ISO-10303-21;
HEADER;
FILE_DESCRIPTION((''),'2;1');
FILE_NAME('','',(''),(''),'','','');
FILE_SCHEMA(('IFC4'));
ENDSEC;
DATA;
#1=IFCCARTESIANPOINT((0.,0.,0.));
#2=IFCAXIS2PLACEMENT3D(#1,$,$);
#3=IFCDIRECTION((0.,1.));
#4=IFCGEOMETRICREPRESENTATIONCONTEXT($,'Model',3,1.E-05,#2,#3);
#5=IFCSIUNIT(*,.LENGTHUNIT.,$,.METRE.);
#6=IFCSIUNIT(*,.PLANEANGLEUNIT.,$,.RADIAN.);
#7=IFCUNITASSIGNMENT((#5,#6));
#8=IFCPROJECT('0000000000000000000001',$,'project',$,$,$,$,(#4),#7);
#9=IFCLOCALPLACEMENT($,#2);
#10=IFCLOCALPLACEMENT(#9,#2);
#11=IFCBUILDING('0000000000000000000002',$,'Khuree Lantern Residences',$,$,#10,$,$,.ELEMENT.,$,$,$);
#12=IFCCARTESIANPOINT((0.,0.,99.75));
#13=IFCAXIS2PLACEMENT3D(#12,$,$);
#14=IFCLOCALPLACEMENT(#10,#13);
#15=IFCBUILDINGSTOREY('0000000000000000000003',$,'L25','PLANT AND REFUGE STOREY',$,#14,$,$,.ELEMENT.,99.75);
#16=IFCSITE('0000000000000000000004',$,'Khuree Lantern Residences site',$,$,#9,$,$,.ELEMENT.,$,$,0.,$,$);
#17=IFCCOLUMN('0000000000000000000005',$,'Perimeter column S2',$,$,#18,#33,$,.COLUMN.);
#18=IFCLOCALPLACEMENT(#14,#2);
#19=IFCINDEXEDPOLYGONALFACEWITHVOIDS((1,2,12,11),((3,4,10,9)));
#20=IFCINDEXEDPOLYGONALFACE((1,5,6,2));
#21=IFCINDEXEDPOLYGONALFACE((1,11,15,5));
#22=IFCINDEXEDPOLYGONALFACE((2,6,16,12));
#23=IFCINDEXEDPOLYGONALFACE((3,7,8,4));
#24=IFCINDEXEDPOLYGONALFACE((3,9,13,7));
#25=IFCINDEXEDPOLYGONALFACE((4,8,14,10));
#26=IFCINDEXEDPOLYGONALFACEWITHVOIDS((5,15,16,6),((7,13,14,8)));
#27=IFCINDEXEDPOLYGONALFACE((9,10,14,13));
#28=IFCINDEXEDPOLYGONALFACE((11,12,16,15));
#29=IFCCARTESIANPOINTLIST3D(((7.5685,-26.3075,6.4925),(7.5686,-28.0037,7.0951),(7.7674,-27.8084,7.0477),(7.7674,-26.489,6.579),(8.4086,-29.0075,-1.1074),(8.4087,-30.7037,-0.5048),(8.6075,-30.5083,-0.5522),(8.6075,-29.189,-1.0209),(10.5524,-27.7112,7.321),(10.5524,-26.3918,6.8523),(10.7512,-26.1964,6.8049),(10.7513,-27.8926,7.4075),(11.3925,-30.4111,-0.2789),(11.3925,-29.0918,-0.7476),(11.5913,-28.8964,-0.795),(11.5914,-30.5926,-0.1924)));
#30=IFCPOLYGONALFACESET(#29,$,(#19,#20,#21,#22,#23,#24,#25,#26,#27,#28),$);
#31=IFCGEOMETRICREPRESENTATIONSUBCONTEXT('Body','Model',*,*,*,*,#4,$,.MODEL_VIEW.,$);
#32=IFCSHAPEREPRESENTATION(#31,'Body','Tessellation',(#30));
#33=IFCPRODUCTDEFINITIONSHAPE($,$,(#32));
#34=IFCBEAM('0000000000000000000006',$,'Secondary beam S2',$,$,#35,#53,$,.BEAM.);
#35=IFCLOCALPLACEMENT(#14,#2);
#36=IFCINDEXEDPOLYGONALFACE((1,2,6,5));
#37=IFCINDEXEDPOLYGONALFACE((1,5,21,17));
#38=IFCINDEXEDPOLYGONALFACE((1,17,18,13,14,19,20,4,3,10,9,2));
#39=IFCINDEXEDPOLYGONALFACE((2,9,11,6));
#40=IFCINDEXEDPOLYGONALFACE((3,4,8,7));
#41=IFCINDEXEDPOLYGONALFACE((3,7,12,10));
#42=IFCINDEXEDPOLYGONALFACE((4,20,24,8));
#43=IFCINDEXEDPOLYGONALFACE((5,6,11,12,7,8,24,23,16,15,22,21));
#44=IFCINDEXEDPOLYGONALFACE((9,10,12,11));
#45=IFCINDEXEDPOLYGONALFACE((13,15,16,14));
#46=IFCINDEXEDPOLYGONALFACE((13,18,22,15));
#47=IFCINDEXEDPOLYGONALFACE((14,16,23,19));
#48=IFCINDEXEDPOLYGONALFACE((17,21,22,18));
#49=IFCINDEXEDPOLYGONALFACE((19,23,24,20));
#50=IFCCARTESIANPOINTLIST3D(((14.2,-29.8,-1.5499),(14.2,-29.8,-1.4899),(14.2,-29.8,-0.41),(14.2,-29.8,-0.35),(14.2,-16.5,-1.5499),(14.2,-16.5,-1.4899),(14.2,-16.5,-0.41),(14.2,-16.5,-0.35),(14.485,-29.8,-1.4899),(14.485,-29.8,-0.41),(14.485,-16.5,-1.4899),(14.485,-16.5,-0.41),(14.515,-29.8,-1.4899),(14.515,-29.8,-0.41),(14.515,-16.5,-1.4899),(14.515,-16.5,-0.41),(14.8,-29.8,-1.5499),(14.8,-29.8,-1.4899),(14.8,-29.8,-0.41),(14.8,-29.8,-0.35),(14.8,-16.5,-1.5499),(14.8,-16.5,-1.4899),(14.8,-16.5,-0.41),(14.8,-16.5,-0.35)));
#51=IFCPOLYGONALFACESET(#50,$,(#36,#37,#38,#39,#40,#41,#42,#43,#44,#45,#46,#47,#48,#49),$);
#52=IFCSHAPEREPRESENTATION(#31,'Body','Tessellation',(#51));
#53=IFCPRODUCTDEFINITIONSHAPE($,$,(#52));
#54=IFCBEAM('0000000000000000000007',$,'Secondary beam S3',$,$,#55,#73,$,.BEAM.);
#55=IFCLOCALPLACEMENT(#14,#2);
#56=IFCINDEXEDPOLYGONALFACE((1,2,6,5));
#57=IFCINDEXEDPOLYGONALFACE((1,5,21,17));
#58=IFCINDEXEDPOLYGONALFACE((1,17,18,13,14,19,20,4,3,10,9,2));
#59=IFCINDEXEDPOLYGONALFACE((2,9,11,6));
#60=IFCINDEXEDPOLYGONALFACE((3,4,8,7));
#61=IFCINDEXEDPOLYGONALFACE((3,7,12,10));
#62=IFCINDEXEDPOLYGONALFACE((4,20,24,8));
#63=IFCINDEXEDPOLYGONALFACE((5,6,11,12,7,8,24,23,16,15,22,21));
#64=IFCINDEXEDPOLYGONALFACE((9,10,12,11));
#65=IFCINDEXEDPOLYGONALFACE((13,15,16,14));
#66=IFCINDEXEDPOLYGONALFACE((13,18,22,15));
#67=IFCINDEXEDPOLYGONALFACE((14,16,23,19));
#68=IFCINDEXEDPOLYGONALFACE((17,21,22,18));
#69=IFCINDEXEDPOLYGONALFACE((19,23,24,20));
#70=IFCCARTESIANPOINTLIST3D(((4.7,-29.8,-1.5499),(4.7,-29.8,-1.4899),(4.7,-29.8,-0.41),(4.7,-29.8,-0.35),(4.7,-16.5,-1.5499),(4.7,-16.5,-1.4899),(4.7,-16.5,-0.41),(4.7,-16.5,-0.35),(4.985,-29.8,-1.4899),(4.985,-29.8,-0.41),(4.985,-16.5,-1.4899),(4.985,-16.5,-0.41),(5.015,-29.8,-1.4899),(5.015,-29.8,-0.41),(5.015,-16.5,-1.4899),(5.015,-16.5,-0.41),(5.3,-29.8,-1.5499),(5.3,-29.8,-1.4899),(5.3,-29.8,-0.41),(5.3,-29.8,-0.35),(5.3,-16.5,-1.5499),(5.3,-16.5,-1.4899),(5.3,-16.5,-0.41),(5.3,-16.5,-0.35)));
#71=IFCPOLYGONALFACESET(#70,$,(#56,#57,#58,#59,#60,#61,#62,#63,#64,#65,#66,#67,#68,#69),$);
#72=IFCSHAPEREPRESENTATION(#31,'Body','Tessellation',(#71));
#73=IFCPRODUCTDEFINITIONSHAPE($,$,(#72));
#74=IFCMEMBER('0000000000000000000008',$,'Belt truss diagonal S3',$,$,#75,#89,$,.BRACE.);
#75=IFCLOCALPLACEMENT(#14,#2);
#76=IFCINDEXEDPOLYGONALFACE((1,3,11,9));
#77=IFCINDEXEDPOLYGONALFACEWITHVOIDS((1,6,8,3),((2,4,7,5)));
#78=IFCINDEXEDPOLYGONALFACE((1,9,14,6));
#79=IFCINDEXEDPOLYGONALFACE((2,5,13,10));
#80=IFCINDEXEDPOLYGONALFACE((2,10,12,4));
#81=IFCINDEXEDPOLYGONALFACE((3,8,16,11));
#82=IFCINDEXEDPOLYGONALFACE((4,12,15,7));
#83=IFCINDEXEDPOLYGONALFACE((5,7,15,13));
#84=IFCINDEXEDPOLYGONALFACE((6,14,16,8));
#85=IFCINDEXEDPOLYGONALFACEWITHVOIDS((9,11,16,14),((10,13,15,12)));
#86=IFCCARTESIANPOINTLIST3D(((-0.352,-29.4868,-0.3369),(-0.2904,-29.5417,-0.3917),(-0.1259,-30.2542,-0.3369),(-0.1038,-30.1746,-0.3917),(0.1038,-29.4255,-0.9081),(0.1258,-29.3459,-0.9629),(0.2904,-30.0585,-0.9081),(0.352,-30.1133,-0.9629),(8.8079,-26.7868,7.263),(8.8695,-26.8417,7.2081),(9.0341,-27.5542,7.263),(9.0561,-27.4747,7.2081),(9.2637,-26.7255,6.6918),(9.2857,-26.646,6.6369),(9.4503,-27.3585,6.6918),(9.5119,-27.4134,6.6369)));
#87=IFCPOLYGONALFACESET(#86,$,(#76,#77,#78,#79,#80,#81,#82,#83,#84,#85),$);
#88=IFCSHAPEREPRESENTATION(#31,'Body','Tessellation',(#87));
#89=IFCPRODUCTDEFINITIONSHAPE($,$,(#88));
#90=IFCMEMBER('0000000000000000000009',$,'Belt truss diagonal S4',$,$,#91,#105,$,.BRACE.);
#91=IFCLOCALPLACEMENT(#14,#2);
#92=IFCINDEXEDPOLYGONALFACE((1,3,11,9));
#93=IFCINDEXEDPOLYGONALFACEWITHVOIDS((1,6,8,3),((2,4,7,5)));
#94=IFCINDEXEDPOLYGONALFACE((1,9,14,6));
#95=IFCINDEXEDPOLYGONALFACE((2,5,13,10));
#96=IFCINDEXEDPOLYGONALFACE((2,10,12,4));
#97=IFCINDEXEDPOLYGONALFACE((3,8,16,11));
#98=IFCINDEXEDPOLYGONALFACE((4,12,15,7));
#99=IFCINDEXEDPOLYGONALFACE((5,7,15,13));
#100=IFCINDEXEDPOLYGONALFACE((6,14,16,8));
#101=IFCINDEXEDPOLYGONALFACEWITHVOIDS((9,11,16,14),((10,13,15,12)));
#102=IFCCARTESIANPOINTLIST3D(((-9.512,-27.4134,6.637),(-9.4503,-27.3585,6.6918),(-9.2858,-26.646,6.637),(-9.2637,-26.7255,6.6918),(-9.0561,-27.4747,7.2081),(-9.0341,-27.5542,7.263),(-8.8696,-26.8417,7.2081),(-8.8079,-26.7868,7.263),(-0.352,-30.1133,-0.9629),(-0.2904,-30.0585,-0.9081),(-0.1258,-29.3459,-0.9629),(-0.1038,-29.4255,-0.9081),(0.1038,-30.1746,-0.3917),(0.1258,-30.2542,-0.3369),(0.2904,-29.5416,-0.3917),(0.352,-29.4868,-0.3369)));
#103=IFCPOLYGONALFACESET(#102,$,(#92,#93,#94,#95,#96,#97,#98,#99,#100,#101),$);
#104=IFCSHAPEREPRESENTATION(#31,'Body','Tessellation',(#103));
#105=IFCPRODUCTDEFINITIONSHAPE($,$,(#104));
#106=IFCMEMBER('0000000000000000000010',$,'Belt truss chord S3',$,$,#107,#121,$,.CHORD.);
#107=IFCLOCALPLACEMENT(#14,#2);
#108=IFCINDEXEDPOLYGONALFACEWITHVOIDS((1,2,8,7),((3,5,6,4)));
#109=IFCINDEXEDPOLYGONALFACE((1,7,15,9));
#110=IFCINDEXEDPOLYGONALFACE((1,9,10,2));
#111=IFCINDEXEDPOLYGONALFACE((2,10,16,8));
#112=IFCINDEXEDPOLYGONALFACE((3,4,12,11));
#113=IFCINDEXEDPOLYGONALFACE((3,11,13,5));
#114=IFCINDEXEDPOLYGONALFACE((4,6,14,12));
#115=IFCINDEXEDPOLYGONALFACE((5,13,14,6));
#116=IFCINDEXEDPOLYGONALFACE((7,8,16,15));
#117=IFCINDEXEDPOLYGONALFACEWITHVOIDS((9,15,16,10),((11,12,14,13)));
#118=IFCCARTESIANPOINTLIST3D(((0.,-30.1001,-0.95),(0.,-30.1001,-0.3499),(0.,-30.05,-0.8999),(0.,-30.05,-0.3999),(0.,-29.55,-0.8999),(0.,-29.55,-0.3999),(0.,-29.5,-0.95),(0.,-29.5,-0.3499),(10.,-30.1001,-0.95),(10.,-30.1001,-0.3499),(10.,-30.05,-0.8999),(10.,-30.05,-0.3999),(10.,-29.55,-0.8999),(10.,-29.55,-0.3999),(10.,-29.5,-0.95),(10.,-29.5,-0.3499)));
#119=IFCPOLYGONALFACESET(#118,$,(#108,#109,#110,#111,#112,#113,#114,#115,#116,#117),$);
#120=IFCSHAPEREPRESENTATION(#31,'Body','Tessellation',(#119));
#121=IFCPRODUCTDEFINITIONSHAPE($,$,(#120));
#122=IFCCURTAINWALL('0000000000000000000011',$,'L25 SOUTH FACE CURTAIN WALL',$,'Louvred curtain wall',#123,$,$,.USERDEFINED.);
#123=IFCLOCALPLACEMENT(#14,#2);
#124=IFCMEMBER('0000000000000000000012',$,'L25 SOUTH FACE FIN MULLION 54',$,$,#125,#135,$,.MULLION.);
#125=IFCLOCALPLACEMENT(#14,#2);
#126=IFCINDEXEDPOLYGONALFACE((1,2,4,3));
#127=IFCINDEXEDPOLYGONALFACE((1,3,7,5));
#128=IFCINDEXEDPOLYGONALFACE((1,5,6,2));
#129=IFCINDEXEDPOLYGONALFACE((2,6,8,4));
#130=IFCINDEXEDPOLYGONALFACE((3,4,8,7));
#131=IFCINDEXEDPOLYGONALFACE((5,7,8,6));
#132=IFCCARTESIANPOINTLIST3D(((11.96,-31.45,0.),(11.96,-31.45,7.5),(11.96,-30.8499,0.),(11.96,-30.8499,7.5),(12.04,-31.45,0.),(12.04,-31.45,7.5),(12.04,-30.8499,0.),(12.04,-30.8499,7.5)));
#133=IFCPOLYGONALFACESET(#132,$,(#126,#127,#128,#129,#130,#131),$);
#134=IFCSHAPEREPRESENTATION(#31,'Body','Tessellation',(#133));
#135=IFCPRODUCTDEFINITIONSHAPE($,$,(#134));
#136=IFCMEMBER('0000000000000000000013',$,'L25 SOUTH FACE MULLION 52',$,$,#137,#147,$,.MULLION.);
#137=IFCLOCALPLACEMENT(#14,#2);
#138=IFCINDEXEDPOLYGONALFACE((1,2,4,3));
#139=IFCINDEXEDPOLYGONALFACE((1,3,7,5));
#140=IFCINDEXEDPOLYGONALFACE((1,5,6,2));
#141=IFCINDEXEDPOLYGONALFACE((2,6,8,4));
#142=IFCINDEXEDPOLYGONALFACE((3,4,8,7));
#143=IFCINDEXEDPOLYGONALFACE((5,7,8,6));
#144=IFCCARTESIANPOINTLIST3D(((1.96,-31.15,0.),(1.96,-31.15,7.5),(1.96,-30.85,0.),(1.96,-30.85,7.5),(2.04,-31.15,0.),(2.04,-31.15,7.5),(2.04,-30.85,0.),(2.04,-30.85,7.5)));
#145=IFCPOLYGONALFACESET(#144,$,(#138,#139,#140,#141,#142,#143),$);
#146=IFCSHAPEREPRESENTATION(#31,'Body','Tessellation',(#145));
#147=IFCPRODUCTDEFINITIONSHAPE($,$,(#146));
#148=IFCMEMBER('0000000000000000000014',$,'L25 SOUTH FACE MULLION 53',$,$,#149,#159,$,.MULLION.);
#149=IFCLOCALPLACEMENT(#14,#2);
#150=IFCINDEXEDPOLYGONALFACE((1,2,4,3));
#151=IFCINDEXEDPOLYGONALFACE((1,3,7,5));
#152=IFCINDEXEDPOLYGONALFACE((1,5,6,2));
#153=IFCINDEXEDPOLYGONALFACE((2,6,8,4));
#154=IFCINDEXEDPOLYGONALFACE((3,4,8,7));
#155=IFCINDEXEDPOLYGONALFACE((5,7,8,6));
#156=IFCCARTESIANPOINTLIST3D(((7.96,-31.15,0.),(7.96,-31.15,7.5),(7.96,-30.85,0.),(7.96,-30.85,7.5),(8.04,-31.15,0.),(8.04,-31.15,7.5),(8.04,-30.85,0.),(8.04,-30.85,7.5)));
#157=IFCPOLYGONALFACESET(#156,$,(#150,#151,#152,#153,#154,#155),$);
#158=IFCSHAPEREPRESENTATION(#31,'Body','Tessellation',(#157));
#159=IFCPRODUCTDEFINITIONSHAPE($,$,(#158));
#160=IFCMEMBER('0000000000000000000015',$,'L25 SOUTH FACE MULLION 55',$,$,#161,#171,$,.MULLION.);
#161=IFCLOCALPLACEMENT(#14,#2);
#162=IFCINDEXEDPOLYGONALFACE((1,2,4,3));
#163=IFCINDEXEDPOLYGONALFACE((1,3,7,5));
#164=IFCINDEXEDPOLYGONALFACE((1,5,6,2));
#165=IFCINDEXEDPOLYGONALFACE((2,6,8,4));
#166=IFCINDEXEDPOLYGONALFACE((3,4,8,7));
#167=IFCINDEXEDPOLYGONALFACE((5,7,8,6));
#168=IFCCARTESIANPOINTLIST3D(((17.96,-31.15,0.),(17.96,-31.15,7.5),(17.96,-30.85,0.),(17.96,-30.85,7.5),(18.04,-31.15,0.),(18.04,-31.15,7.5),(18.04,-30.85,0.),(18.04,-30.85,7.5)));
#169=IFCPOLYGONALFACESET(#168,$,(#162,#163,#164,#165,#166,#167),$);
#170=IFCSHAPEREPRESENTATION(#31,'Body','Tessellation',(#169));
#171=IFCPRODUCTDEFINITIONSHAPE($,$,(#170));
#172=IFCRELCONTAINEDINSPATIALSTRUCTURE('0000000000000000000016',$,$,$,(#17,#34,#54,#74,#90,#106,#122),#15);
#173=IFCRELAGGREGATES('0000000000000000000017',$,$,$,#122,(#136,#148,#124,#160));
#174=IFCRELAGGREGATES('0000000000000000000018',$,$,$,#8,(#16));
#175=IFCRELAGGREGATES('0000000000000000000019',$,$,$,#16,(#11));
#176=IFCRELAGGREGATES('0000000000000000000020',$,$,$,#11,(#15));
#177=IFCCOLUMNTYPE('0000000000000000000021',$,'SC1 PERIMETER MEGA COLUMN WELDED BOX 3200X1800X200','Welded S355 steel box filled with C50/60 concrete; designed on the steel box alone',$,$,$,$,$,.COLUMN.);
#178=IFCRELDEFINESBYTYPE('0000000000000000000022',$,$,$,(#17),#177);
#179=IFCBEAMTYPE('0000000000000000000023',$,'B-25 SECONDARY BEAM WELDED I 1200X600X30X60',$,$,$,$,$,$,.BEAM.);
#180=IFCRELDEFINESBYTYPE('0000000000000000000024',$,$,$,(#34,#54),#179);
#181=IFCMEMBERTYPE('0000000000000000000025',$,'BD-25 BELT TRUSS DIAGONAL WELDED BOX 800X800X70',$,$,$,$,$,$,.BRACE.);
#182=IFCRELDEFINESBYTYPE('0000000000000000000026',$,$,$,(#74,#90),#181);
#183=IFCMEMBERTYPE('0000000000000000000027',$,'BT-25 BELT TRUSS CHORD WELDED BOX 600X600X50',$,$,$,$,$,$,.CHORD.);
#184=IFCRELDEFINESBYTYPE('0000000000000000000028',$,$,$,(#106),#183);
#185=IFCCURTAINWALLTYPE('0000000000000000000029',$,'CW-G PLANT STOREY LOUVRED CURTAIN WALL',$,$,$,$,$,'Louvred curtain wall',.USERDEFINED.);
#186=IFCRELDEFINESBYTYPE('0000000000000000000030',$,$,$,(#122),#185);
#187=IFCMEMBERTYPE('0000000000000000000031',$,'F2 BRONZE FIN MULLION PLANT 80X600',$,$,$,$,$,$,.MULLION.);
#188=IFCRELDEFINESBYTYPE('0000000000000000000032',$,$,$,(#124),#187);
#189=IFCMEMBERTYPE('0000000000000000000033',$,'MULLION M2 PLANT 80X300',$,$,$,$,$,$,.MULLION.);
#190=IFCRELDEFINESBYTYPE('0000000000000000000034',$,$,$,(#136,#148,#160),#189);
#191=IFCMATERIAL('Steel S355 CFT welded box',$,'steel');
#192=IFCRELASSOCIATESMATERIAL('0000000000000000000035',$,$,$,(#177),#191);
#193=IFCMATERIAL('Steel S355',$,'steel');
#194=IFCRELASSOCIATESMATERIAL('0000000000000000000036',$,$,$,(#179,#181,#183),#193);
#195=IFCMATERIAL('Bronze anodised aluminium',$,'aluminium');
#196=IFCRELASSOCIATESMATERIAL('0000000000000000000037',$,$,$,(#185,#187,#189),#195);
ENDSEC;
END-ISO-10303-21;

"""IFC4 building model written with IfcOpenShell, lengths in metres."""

from ifc_helpers import new_model, si_unit, direction, frame, origin, origin_2d, place, context, subcontext, project, spatial, rectangle, hollow_rectangle, i_section, extrude, material, material_profile, profile_set, type_object, element, aggregate, save


model = new_model("IFC4")

# Units and contexts
model_context = context("Model", 3, precision=1e-05, world=origin(), true_north=direction((0.0, 1.0)))
body_context = subcontext(model_context, "Body", "Model", "MODEL_VIEW")
ifc_project = project(units=[si_unit("LENGTHUNIT", "METRE"), si_unit("PLANEANGLEUNIT", "RADIAN")], contexts=[model_context])

# Site, building, storey
site_placement = place(None, origin())
site = spatial("IfcSite", under=ifc_project, at=site_placement, Name="Khuree Lantern Residences site", CompositionType="ELEMENT", RefElevation=0.0)
building_placement = place(site_placement, origin())
building = spatial("IfcBuilding", under=site, at=building_placement, Name="Khuree Lantern Residences", CompositionType="ELEMENT")
storey_placement = place(building_placement, frame((0.0, 0.0, 99.75)))
storey = spatial("IfcBuildingStorey", under=building, at=storey_placement, Name="L25", Description="PLANT AND REFUGE STOREY", CompositionType="ELEMENT", Elevation=99.75)

# Column
ifc_material_1 = material(Name="Steel S355 CFT welded box", Category="steel")
ifc_material_profile_1 = material_profile(ifc_material_1, hollow_rectangle(XDim=3.2, YDim=1.8, WallThickness=0.2, at=origin_2d()), Name="WELDED BOX 3200X1800X200")
ifc_profile_set_1 = profile_set([ifc_material_profile_1], Name="Steel S355 CFT welded box")
column_type = type_object("IfcColumnType", Name="SC1 PERIMETER MEGA COLUMN WELDED BOX 3200X1800X200", Description="Welded S355 steel box filled with C50/60 concrete; designed on the steel box alone", PredefinedType="COLUMN", material=ifc_profile_set_1)
column_placement = place(storey_placement, frame((10.0, -29.8, -0.6499), z_axis=(-0.103602, 0.332964, 0.937231), x_axis=(0.994619, 0.034713, 0.097613)))
element("IfcColumn", 1, at=column_placement, inside=storey, type_object=column_type, Name="Perimeter column S2", PredefinedType="COLUMN", context=body_context, shape_type="SweptSolid", body=[
    extrude(hollow_rectangle(XDim=3.2, YDim=1.8, WallThickness=0.2, at=origin_2d()), origin(), (0.0, 0.0, 1.0), 8.1089),
])

# Beams
ifc_material_2 = material(Name="Steel S355", Category="steel")
ifc_material_profile_2 = material_profile(ifc_material_2, i_section(OverallWidth=0.6001, OverallDepth=1.2, WebThickness=0.03, FlangeThickness=0.0601, at=origin_2d()), Name="WELDED I 1200X600X30X60")
ifc_profile_set_2 = profile_set([ifc_material_profile_2], Name="Steel S355")
beam_type = type_object("IfcBeamType", Name="B-25 SECONDARY BEAM WELDED I 1200X600X30X60", PredefinedType="BEAM", material=ifc_profile_set_2)
for number, where, z_axis, x_axis, name in (
    (2, (14.5, -29.8, -0.95), (0.0, 1.0, 0.0), (-1.0, 0.0, 0.0), "Secondary beam S2"),
    (3, (5.0, -29.8, -0.95), (0.0, 1.0, 0.0), (-1.0, 0.0, 0.0), "Secondary beam S3"),
):
    element("IfcBeam", number, at=place(storey_placement, frame(where, z_axis=z_axis, x_axis=x_axis)), inside=storey, type_object=beam_type, Name=name, PredefinedType="BEAM", context=body_context, shape_type="SweptSolid", body=[
        extrude(i_section(OverallWidth=0.6001, OverallDepth=1.2, WebThickness=0.03, FlangeThickness=0.0601, at=origin_2d()), origin(), (0.0, 0.0, 1.0), 13.3),
    ])

# Members
ifc_material_profile_3 = material_profile(ifc_material_2, hollow_rectangle(XDim=0.8, YDim=0.8, WallThickness=0.0701, at=origin_2d()), Name="WELDED BOX 800X800X70")
ifc_profile_set_3 = profile_set([ifc_material_profile_3], Name="Steel S355")
member_type_1 = type_object("IfcMemberType", Name="BD-25 BELT TRUSS DIAGONAL WELDED BOX 800X800X70", PredefinedType="BRACE", material=ifc_profile_set_3)
for number, where, z_axis, x_axis, name in (
    (4, (9.1599, -27.1001, 6.95), (-0.750531, -0.221225, -0.622706), (0.282731, -0.959199, 0.0), "Belt truss diagonal S3"),
    (5, (0.0, -29.8, -0.6499), (-0.750531, 0.221225, 0.622706), (-0.282731, -0.959199, 0.0), "Belt truss diagonal S4"),
):
    element("IfcMember", number, at=place(storey_placement, frame(where, z_axis=z_axis, x_axis=x_axis)), inside=storey, type_object=member_type_1, Name=name, PredefinedType="BRACE", context=body_context, shape_type="SweptSolid", body=[
        extrude(hollow_rectangle(XDim=0.8, YDim=0.8, WallThickness=0.0701, at=origin_2d()), origin(), (0.0, 0.0, 1.0), 12.2046),
    ])
ifc_material_profile_4 = material_profile(ifc_material_2, hollow_rectangle(XDim=0.6001, YDim=0.6001, WallThickness=0.05, at=origin_2d()), Name="WELDED BOX 600X600X50")
ifc_profile_set_4 = profile_set([ifc_material_profile_4], Name="Steel S355")
member_type_2 = type_object("IfcMemberType", Name="BT-25 BELT TRUSS CHORD WELDED BOX 600X600X50", PredefinedType="CHORD", material=ifc_profile_set_4)
member_1_placement = place(storey_placement, frame((10.0, -29.8, -0.6499), z_axis=(-1.0, 0.0, 0.0), x_axis=(0.0, -1.0, 0.0)))
element("IfcMember", 6, at=member_1_placement, inside=storey, type_object=member_type_2, Name="Belt truss chord S3", PredefinedType="CHORD", context=body_context, shape_type="SweptSolid", body=[
    extrude(hollow_rectangle(XDim=0.6001, YDim=0.6001, WallThickness=0.05, at=origin_2d()), origin(), (0.0, 0.0, 1.0), 10.0),
])

# Curtain wall, members
ifc_material_3 = material(Name="Bronze anodised aluminium", Category="aluminium")
curtain_wall_type = type_object("IfcCurtainWallType", Name="CW-G PLANT STOREY LOUVRED CURTAIN WALL", ElementType="Louvred curtain wall", PredefinedType="USERDEFINED", material=ifc_material_3)
curtain_wall_placement = place(storey_placement, origin())
curtain_wall = element("IfcCurtainWall", 7, at=curtain_wall_placement, inside=storey, type_object=curtain_wall_type, Name="L25 SOUTH FACE CURTAIN WALL", ObjectType="Louvred curtain wall", PredefinedType="USERDEFINED")
ifc_material_profile_5 = material_profile(ifc_material_3, rectangle(XDim=0.0801, YDim=0.6001, at=origin_2d()), Name="F2 80X600")
ifc_profile_set_5 = profile_set([ifc_material_profile_5], Name="Bronze anodised aluminium")
member_type_3 = type_object("IfcMemberType", Name="F2 BRONZE FIN MULLION PLANT 80X600", PredefinedType="MULLION", material=ifc_profile_set_5)
member_2_placement = place(storey_placement, frame((12.0, -31.1499, 0.0), z_axis=(0.0, 0.0, 1.0), x_axis=(1.0, 0.0, 0.0)))
member_2 = element("IfcMember", 8, at=member_2_placement, type_object=member_type_3, Name="L25 SOUTH FACE FIN MULLION 54", PredefinedType="MULLION", context=body_context, shape_type="SweptSolid", body=[
    extrude(rectangle(XDim=0.0801, YDim=0.6001, at=origin_2d()), origin(), (0.0, 0.0, 1.0), 7.5),
])
ifc_material_profile_6 = material_profile(ifc_material_3, rectangle(XDim=0.0801, YDim=0.3, at=origin_2d()), Name="M2 80X300")
ifc_profile_set_6 = profile_set([ifc_material_profile_6], Name="Bronze anodised aluminium")
member_type_4 = type_object("IfcMemberType", Name="MULLION M2 PLANT 80X300", PredefinedType="MULLION", material=ifc_profile_set_6)
member_3_placement = place(storey_placement, frame((2.0, -31.0, 0.0), z_axis=(0.0, 0.0, 1.0), x_axis=(1.0, 0.0, 0.0)))
member_3 = element("IfcMember", 9, at=member_3_placement, type_object=member_type_4, Name="L25 SOUTH FACE MULLION 52", PredefinedType="MULLION", context=body_context, shape_type="SweptSolid", body=[
    extrude(rectangle(XDim=0.0801, YDim=0.3, at=origin_2d()), origin(), (0.0, 0.0, 1.0), 7.5),
])
member_4_placement = place(storey_placement, frame((8.0, -31.0, 0.0), z_axis=(0.0, 0.0, 1.0), x_axis=(1.0, 0.0, 0.0)))
member_4 = element("IfcMember", 10, at=member_4_placement, type_object=member_type_4, Name="L25 SOUTH FACE MULLION 53", PredefinedType="MULLION", context=body_context, shape_type="SweptSolid", body=[
    extrude(rectangle(XDim=0.0801, YDim=0.3, at=origin_2d()), origin(), (0.0, 0.0, 1.0), 7.5),
])
member_5_placement = place(storey_placement, frame((18.0, -31.0, 0.0), z_axis=(0.0, 0.0, 1.0), x_axis=(1.0, 0.0, 0.0)))
member_5 = element("IfcMember", 11, at=member_5_placement, type_object=member_type_4, Name="L25 SOUTH FACE MULLION 55", PredefinedType="MULLION", context=body_context, shape_type="SweptSolid", body=[
    extrude(rectangle(XDim=0.0801, YDim=0.3, at=origin_2d()), origin(), (0.0, 0.0, 1.0), 7.5),
])

aggregate(curtain_wall, [member_3, member_4, member_2, member_5])

save(model, "model.ifc")
